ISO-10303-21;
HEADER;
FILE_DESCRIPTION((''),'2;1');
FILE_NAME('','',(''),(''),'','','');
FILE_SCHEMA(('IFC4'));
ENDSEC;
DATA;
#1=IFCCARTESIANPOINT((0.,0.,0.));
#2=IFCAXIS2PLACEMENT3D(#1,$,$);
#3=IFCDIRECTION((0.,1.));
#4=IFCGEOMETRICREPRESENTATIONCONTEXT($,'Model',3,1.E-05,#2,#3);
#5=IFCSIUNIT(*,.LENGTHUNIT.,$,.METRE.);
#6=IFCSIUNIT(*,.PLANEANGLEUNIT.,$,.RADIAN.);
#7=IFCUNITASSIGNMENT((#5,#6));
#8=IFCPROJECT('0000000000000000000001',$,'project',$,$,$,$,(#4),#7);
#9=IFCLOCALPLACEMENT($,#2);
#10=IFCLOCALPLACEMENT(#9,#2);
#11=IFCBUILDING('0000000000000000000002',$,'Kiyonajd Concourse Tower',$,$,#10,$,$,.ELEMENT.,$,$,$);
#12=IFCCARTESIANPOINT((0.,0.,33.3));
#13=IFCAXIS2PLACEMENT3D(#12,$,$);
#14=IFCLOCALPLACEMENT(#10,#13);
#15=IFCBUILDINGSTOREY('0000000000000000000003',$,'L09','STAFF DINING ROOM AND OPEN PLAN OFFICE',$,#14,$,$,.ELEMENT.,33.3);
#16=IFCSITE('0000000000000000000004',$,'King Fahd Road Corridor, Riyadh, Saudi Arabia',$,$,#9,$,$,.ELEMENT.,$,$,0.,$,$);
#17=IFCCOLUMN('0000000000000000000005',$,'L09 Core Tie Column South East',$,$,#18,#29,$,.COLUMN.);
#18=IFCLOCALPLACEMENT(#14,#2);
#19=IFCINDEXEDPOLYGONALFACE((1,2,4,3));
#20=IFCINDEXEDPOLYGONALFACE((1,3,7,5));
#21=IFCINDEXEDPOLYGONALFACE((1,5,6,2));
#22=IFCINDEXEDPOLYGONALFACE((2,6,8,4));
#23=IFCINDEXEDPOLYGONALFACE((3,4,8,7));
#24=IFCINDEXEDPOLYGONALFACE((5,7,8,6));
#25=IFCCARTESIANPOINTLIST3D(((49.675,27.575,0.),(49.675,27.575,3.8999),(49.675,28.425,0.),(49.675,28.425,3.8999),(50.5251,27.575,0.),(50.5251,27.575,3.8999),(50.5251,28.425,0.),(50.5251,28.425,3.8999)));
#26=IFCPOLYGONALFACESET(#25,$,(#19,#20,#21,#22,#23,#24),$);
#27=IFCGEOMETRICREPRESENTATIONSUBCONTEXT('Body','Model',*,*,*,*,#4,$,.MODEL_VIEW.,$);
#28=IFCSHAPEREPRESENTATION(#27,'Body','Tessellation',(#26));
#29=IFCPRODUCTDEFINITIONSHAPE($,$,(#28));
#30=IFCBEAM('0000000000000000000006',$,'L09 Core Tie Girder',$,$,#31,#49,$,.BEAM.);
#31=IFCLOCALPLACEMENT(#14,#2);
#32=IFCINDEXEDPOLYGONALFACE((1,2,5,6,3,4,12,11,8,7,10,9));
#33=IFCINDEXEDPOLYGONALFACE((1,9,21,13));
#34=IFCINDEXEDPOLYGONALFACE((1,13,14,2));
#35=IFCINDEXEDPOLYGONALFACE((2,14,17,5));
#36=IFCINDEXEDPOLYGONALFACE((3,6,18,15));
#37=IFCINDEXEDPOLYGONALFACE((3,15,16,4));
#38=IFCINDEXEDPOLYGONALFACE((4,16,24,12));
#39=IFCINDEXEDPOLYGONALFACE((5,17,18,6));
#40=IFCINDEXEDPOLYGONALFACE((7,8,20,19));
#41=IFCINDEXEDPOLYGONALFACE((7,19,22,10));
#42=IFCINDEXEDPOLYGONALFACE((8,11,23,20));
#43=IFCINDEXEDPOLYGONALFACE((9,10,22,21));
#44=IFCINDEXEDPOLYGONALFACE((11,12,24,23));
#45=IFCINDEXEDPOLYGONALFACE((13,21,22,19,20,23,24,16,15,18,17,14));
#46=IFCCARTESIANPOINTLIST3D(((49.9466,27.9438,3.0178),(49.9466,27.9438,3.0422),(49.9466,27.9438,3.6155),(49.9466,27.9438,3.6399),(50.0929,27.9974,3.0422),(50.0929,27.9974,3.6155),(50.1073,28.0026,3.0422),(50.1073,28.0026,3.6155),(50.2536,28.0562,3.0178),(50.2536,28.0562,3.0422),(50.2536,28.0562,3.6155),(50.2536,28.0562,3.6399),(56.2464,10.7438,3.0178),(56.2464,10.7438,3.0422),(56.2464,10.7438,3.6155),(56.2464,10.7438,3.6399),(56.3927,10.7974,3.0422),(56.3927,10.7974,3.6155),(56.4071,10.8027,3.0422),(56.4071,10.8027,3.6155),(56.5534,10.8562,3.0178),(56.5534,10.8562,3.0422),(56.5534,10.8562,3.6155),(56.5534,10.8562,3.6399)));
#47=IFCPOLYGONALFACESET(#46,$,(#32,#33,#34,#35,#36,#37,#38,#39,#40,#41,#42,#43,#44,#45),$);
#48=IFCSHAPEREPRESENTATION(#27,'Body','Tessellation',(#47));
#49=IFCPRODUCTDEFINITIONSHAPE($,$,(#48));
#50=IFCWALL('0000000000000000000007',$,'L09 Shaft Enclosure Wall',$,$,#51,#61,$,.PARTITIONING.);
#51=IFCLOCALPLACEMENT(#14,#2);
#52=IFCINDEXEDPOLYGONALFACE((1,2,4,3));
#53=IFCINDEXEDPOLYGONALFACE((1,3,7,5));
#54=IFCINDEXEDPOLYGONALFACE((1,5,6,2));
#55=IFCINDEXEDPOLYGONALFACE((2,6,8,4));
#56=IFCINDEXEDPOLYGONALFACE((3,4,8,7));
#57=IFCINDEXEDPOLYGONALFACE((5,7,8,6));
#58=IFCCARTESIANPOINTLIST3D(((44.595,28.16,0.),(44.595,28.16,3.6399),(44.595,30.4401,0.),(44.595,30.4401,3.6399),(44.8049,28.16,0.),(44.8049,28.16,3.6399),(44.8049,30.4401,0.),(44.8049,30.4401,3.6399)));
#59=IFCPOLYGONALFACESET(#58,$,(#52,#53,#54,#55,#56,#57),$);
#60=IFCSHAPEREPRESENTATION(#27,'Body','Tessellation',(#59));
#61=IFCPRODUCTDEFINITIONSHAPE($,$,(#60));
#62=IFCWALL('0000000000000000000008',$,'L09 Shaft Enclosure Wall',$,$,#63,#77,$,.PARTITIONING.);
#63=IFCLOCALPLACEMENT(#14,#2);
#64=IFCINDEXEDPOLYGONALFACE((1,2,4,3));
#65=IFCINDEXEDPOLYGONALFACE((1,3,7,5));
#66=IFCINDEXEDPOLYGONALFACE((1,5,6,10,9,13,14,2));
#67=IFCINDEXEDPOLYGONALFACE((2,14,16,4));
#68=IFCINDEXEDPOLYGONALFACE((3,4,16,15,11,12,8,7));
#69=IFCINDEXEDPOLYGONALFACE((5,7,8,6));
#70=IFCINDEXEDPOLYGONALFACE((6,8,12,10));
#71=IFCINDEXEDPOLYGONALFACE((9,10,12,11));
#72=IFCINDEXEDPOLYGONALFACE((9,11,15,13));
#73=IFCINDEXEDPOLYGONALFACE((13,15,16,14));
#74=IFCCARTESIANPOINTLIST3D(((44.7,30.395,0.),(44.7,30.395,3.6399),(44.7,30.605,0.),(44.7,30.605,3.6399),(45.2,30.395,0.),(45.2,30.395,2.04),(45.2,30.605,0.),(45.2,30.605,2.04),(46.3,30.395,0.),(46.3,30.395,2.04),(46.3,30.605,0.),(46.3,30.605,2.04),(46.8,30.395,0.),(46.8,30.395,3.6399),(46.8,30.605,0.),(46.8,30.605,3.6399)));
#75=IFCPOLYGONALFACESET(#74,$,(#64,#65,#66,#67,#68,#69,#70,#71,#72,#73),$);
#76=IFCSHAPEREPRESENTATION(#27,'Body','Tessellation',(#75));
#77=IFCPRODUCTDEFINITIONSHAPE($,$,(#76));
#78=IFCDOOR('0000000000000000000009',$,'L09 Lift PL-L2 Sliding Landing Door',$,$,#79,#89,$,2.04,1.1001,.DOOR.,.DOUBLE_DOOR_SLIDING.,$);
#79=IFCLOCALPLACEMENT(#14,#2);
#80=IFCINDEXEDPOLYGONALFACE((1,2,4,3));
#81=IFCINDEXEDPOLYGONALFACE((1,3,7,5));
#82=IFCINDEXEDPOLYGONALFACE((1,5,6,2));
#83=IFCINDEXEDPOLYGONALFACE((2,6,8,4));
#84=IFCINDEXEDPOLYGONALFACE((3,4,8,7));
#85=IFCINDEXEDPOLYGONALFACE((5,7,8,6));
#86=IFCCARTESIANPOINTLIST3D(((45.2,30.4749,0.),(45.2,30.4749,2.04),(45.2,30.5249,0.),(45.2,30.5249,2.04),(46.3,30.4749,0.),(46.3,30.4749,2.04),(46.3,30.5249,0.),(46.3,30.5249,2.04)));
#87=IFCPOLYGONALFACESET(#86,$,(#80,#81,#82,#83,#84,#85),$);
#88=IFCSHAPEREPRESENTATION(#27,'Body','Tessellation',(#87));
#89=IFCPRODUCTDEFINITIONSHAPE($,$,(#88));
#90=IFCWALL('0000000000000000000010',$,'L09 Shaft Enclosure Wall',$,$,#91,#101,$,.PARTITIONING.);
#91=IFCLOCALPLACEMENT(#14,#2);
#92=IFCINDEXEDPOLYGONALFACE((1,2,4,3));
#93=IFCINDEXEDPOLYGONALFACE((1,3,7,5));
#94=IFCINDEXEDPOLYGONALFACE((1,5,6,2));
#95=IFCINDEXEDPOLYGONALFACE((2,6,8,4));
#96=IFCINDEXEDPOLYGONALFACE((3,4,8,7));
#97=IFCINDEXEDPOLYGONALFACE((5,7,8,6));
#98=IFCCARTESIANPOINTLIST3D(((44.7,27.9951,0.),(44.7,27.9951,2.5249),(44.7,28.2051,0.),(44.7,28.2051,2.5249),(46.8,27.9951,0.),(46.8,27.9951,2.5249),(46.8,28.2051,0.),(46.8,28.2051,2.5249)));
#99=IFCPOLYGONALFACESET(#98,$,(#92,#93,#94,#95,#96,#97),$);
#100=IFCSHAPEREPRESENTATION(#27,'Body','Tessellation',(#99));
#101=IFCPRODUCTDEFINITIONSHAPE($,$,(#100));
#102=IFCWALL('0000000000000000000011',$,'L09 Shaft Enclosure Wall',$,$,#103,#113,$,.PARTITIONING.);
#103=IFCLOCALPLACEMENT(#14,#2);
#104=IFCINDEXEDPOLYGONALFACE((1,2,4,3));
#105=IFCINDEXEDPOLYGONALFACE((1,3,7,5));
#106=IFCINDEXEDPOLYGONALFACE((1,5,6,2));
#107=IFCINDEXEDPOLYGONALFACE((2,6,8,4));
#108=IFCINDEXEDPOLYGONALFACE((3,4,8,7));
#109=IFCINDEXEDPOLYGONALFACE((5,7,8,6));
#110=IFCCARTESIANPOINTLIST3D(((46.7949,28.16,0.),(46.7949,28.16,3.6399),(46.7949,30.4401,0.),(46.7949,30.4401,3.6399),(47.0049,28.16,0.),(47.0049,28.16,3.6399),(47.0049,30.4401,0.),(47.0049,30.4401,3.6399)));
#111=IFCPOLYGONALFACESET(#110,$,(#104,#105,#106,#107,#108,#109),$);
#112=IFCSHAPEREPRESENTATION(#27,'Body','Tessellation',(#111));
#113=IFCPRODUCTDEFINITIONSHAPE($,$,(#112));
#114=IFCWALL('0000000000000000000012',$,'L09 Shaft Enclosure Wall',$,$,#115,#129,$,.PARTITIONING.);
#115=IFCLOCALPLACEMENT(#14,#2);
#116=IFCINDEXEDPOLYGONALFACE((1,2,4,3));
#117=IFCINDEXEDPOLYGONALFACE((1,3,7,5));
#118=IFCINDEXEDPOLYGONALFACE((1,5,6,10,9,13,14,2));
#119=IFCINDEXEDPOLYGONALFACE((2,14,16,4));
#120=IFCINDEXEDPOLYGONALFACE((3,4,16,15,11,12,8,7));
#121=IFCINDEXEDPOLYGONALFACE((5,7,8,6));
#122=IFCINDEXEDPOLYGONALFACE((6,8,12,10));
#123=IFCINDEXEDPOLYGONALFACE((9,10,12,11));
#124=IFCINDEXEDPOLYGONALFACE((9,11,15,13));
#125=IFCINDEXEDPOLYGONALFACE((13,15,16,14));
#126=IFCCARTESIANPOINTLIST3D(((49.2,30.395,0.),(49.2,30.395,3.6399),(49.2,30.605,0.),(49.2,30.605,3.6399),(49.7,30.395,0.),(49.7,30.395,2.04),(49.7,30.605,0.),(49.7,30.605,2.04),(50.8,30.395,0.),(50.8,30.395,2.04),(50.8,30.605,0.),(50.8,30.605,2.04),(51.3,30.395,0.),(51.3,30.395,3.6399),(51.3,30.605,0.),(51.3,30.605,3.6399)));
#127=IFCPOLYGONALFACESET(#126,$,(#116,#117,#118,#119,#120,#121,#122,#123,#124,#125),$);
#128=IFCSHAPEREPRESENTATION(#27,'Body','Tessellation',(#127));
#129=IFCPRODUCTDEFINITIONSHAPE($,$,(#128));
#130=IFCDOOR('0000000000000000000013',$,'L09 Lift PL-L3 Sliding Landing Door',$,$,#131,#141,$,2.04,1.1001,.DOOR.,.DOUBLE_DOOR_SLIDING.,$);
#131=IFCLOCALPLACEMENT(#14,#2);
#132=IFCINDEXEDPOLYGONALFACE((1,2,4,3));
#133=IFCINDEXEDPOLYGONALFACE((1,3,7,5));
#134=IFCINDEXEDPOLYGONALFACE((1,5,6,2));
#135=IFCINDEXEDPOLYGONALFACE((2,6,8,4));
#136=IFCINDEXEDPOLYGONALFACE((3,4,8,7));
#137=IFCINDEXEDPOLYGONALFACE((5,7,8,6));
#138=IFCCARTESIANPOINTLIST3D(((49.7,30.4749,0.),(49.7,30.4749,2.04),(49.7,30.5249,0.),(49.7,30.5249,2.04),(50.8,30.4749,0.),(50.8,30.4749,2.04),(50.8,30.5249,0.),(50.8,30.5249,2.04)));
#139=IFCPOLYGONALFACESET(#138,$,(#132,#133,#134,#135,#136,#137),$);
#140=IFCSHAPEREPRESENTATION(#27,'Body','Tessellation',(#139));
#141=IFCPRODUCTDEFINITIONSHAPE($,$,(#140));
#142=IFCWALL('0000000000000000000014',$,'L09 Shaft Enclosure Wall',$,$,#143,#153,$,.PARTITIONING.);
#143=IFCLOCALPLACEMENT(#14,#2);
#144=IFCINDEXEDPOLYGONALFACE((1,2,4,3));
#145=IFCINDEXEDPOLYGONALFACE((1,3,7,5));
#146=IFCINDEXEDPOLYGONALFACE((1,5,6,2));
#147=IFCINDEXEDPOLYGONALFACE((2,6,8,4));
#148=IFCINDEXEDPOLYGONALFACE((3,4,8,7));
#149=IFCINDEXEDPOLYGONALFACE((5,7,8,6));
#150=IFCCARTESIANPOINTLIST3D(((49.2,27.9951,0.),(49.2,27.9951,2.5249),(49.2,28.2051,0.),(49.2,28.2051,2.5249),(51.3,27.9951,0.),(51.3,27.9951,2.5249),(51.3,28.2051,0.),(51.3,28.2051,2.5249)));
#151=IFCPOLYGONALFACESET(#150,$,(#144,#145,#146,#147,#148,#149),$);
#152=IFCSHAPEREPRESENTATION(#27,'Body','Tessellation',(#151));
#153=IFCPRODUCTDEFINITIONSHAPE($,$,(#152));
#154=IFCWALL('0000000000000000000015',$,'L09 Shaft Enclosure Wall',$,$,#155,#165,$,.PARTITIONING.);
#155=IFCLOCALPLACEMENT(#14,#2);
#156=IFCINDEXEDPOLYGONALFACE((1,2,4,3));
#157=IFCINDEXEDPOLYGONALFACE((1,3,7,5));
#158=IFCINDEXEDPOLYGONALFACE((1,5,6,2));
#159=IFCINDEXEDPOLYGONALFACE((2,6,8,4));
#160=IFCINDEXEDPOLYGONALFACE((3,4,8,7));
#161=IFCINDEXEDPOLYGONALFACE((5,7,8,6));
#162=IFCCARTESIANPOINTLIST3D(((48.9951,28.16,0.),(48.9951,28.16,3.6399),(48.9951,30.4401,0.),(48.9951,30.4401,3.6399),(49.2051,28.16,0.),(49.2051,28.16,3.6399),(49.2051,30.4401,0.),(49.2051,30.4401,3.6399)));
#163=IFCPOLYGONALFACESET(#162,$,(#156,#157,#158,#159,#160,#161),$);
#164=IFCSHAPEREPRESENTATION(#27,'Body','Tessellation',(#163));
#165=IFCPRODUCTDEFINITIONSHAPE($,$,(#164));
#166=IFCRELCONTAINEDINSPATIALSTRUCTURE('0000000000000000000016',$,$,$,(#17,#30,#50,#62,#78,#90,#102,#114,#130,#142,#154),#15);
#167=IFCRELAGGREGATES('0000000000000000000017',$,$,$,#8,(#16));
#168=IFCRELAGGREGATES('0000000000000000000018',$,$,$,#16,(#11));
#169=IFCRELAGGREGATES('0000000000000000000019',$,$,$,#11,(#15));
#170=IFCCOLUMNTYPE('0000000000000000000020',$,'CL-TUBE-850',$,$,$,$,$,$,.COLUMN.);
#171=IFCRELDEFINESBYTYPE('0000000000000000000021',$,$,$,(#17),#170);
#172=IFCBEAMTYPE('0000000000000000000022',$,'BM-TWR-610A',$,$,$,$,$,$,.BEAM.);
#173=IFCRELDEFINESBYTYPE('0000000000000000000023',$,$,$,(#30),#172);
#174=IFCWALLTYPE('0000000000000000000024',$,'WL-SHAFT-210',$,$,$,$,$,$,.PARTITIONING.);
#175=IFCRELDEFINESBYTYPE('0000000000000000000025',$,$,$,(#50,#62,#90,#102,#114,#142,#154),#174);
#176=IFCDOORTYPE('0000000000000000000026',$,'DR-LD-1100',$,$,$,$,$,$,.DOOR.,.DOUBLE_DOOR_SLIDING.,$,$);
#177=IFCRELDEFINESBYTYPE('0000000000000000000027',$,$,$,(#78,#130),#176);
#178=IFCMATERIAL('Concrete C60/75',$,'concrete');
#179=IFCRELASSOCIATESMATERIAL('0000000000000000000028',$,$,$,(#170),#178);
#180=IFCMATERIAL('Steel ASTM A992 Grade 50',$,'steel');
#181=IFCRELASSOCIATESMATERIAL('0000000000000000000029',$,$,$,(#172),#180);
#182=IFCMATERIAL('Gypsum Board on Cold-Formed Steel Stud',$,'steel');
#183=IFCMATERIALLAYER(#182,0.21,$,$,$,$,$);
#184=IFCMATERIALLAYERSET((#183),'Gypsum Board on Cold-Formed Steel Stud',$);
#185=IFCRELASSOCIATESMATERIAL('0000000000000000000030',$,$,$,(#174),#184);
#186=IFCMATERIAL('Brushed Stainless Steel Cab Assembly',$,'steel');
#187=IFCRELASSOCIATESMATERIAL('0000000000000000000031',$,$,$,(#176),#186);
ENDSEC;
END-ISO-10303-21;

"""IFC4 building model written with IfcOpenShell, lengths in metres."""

from ifc_helpers import new_model, si_unit, direction, frame, frame_2d, origin, origin_2d, place, context, subcontext, project, spatial, rectangle, i_section, extrude, material, layer, layer_set, material_profile, profile_set, type_object, element, fill, save


model = new_model("IFC4")

# Units and contexts
model_context = context("Model", 3, precision=1e-05, world=origin(), true_north=direction((0.0, 1.0)))
body_context = subcontext(model_context, "Body", "Model", "MODEL_VIEW")
ifc_project = project(units=[si_unit("LENGTHUNIT", "METRE"), si_unit("PLANEANGLEUNIT", "RADIAN")], contexts=[model_context])

# Site, building, storey
site_placement = place(None, origin())
site = spatial("IfcSite", under=ifc_project, at=site_placement, Name="King Fahd Road Corridor, Riyadh, Saudi Arabia", CompositionType="ELEMENT", RefElevation=0.0)
building_placement = place(site_placement, origin())
building = spatial("IfcBuilding", under=site, at=building_placement, Name="Kiyonajd Concourse Tower", CompositionType="ELEMENT")
storey_placement = place(building_placement, frame((0.0, 0.0, 33.3)))
storey = spatial("IfcBuildingStorey", under=building, at=storey_placement, Name="L09", Description="STAFF DINING ROOM AND OPEN PLAN OFFICE", CompositionType="ELEMENT", Elevation=33.3)

# Column
ifc_material_1 = material(Name="Concrete C60/75", Category="concrete")
ifc_material_profile_1 = material_profile(ifc_material_1, rectangle(XDim=0.8501, YDim=0.8501, at=origin_2d()), Name="RC-850x850")
ifc_profile_set_1 = profile_set([ifc_material_profile_1], Name="Concrete C60/75")
column_type = type_object("IfcColumnType", Name="CL-TUBE-850", PredefinedType="COLUMN", material=ifc_profile_set_1)
column_placement = place(storey_placement, frame((50.1001, 28.0, 0.0), z_axis=(0.0, 0.0, 1.0), x_axis=(1.0, 0.0, 0.0)))
element("IfcColumn", 1, at=column_placement, inside=storey, type_object=column_type, Name="L09 Core Tie Column South East", PredefinedType="COLUMN", context=body_context, shape_type="SweptSolid", body=[
    extrude(rectangle(XDim=0.8501, YDim=0.8501, at=origin_2d()), origin(), (0.0, 0.0, 1.0), 3.8999),
])

# Beam
ifc_material_2 = material(Name="Steel ASTM A992 Grade 50", Category="steel")
ifc_material_profile_2 = material_profile(ifc_material_2, i_section(OverallWidth=0.3269, OverallDepth=0.6221, WebThickness=0.0154, FlangeThickness=0.0244, at=origin_2d()), Name="W610X195")
ifc_profile_set_2 = profile_set([ifc_material_profile_2], Name="Steel ASTM A992 Grade 50")
beam_type = type_object("IfcBeamType", Name="BM-TWR-610A", PredefinedType="BEAM", material=ifc_profile_set_2)
beam_placement = place(storey_placement, frame((50.1001, 28.0, 3.3289), z_axis=(0.343925, -0.938997, 0.0), x_axis=(0.938997, 0.343925, 0.0)))
element("IfcBeam", 2, at=beam_placement, inside=storey, type_object=beam_type, Name="L09 Core Tie Girder", PredefinedType="BEAM", context=body_context, shape_type="SweptSolid", body=[
    extrude(i_section(OverallWidth=0.3269, OverallDepth=0.6221, WebThickness=0.0154, FlangeThickness=0.0244, at=origin_2d()), origin(), (0.0, 0.0, 1.0), 18.3174),
])

# Wall
ifc_material_3 = material(Name="Gypsum Board on Cold-Formed Steel Stud", Category="steel")
ifc_layer_1 = layer(ifc_material_3, 0.21)
ifc_layer_set_1 = layer_set([ifc_layer_1], Name="Gypsum Board on Cold-Formed Steel Stud")
wall_type_1 = type_object("IfcWallType", Name="WL-SHAFT-210", PredefinedType="PARTITIONING", material=ifc_layer_set_1)
wall_1_placement = place(storey_placement, frame((44.7, 28.1599, 0.0), z_axis=(0.0, 0.0, 1.0), x_axis=(0.0, 1.0, 0.0)))
element("IfcWall", 3, at=wall_1_placement, inside=storey, type_object=wall_type_1, Name="L09 Shaft Enclosure Wall", PredefinedType="PARTITIONING", context=body_context, shape_type="SweptSolid", body=[
    extrude(rectangle(XDim=2.28, YDim=0.21, at=frame_2d((1.1401, 0.0))), origin(), (0.0, 0.0, 1.0), 3.6399),
])

# Wall, opening, door
wall_2_placement = place(storey_placement, frame((44.7, 30.5, 0.0), z_axis=(0.0, 0.0, 1.0), x_axis=(1.0, 0.0, 0.0)))
wall_2 = element("IfcWall", 4, at=wall_2_placement, inside=storey, type_object=wall_type_1, Name="L09 Shaft Enclosure Wall", PredefinedType="PARTITIONING", context=body_context, shape_type="SweptSolid", body=[
    extrude(rectangle(XDim=2.1001, YDim=0.21, at=frame_2d((1.05, 0.0))), origin(), (0.0, 0.0, 1.0), 3.6399),
])
opening_1_placement = place(wall_2_placement, frame((0.5, 0.0, 0.0)))
opening_1 = element("IfcOpeningElement", 5, at=opening_1_placement, cuts=wall_2, PredefinedType="OPENING", context=body_context, shape_type="SweptSolid", body=[
    extrude(rectangle(XDim=1.1001, YDim=2.04, at=frame_2d((0.55, 1.02))), frame((0.0, 0.115, 0.0), z_axis=(0.0, -1.0, 0.0), x_axis=(1.0, 0.0, 0.0)), (0.0, 0.0, 1.0), 0.23),
])
ifc_material_4 = material(Name="Brushed Stainless Steel Cab Assembly", Category="steel")
door_type_1 = type_object("IfcDoorType", Name="DR-LD-1100", OperationType="DOUBLE_DOOR_SLIDING", PredefinedType="DOOR", material=ifc_material_4)
door_1_placement = place(opening_1_placement, origin())
door_1 = element("IfcDoor", 6, at=door_1_placement, inside=storey, type_object=door_type_1, Name="L09 Lift PL-L2 Sliding Landing Door", OperationType="DOUBLE_DOOR_SLIDING", OverallHeight=2.04, OverallWidth=1.1001, PredefinedType="DOOR", context=body_context, shape_type="SweptSolid", body=[
    extrude(rectangle(XDim=1.1001, YDim=2.04, at=frame_2d((0.55, 1.02))), frame((0.0, 0.0249, 0.0), z_axis=(0.0, -1.0, 0.0), x_axis=(1.0, 0.0, 0.0)), (0.0, 0.0, 1.0), 0.05),
])
fill(opening_1, door_1)

# Walls
wall_3_placement = place(storey_placement, frame((44.7, 28.1001, 0.0), z_axis=(0.0, 0.0, 1.0), x_axis=(1.0, 0.0, 0.0)))
element("IfcWall", 7, at=wall_3_placement, inside=storey, type_object=wall_type_1, Name="L09 Shaft Enclosure Wall", PredefinedType="PARTITIONING", context=body_context, shape_type="SweptSolid", body=[
    extrude(rectangle(XDim=2.1001, YDim=0.21, at=frame_2d((1.05, 0.0))), origin(), (0.0, 0.0, 1.0), 2.5249),
])
wall_4_placement = place(storey_placement, frame((46.8999, 28.1599, 0.0), z_axis=(0.0, 0.0, 1.0), x_axis=(0.0, 1.0, 0.0)))
element("IfcWall", 8, at=wall_4_placement, inside=storey, type_object=wall_type_1, Name="L09 Shaft Enclosure Wall", PredefinedType="PARTITIONING", context=body_context, shape_type="SweptSolid", body=[
    extrude(rectangle(XDim=2.28, YDim=0.21, at=frame_2d((1.1401, 0.0))), origin(), (0.0, 0.0, 1.0), 3.6399),
])

# Wall, opening, door
wall_5_placement = place(storey_placement, frame((49.2, 30.5, 0.0), z_axis=(0.0, 0.0, 1.0), x_axis=(1.0, 0.0, 0.0)))
wall_5 = element("IfcWall", 9, at=wall_5_placement, inside=storey, type_object=wall_type_1, Name="L09 Shaft Enclosure Wall", PredefinedType="PARTITIONING", context=body_context, shape_type="SweptSolid", body=[
    extrude(rectangle(XDim=2.1001, YDim=0.21, at=frame_2d((1.05, 0.0))), origin(), (0.0, 0.0, 1.0), 3.6399),
])
opening_2_placement = place(wall_5_placement, frame((0.5, 0.0, 0.0)))
opening_2 = element("IfcOpeningElement", 10, at=opening_2_placement, cuts=wall_5, PredefinedType="OPENING", context=body_context, shape_type="SweptSolid", body=[
    extrude(rectangle(XDim=1.1001, YDim=2.04, at=frame_2d((0.55, 1.02))), frame((0.0, 0.115, 0.0), z_axis=(0.0, -1.0, 0.0), x_axis=(1.0, 0.0, 0.0)), (0.0, 0.0, 1.0), 0.23),
])
door_2_placement = place(opening_2_placement, origin())
door_2 = element("IfcDoor", 11, at=door_2_placement, inside=storey, type_object=door_type_1, Name="L09 Lift PL-L3 Sliding Landing Door", OperationType="DOUBLE_DOOR_SLIDING", OverallHeight=2.04, OverallWidth=1.1001, PredefinedType="DOOR", context=body_context, shape_type="SweptSolid", body=[
    extrude(rectangle(XDim=1.1001, YDim=2.04, at=frame_2d((0.55, 1.02))), frame((0.0, 0.0249, 0.0), z_axis=(0.0, -1.0, 0.0), x_axis=(1.0, 0.0, 0.0)), (0.0, 0.0, 1.0), 0.05),
])
fill(opening_2, door_2)

# Walls
wall_6_placement = place(storey_placement, frame((49.2, 28.1001, 0.0), z_axis=(0.0, 0.0, 1.0), x_axis=(1.0, 0.0, 0.0)))
element("IfcWall", 12, at=wall_6_placement, inside=storey, type_object=wall_type_1, Name="L09 Shaft Enclosure Wall", PredefinedType="PARTITIONING", context=body_context, shape_type="SweptSolid", body=[
    extrude(rectangle(XDim=2.1001, YDim=0.21, at=frame_2d((1.05, 0.0))), origin(), (0.0, 0.0, 1.0), 2.5249),
])
wall_7_placement = place(storey_placement, frame((49.1001, 28.1599, 0.0), z_axis=(0.0, 0.0, 1.0), x_axis=(0.0, 1.0, 0.0)))
element("IfcWall", 13, at=wall_7_placement, inside=storey, type_object=wall_type_1, Name="L09 Shaft Enclosure Wall", PredefinedType="PARTITIONING", context=body_context, shape_type="SweptSolid", body=[
    extrude(rectangle(XDim=2.28, YDim=0.21, at=frame_2d((1.1401, 0.0))), origin(), (0.0, 0.0, 1.0), 3.6399),
])

save(model, "model.ifc")
